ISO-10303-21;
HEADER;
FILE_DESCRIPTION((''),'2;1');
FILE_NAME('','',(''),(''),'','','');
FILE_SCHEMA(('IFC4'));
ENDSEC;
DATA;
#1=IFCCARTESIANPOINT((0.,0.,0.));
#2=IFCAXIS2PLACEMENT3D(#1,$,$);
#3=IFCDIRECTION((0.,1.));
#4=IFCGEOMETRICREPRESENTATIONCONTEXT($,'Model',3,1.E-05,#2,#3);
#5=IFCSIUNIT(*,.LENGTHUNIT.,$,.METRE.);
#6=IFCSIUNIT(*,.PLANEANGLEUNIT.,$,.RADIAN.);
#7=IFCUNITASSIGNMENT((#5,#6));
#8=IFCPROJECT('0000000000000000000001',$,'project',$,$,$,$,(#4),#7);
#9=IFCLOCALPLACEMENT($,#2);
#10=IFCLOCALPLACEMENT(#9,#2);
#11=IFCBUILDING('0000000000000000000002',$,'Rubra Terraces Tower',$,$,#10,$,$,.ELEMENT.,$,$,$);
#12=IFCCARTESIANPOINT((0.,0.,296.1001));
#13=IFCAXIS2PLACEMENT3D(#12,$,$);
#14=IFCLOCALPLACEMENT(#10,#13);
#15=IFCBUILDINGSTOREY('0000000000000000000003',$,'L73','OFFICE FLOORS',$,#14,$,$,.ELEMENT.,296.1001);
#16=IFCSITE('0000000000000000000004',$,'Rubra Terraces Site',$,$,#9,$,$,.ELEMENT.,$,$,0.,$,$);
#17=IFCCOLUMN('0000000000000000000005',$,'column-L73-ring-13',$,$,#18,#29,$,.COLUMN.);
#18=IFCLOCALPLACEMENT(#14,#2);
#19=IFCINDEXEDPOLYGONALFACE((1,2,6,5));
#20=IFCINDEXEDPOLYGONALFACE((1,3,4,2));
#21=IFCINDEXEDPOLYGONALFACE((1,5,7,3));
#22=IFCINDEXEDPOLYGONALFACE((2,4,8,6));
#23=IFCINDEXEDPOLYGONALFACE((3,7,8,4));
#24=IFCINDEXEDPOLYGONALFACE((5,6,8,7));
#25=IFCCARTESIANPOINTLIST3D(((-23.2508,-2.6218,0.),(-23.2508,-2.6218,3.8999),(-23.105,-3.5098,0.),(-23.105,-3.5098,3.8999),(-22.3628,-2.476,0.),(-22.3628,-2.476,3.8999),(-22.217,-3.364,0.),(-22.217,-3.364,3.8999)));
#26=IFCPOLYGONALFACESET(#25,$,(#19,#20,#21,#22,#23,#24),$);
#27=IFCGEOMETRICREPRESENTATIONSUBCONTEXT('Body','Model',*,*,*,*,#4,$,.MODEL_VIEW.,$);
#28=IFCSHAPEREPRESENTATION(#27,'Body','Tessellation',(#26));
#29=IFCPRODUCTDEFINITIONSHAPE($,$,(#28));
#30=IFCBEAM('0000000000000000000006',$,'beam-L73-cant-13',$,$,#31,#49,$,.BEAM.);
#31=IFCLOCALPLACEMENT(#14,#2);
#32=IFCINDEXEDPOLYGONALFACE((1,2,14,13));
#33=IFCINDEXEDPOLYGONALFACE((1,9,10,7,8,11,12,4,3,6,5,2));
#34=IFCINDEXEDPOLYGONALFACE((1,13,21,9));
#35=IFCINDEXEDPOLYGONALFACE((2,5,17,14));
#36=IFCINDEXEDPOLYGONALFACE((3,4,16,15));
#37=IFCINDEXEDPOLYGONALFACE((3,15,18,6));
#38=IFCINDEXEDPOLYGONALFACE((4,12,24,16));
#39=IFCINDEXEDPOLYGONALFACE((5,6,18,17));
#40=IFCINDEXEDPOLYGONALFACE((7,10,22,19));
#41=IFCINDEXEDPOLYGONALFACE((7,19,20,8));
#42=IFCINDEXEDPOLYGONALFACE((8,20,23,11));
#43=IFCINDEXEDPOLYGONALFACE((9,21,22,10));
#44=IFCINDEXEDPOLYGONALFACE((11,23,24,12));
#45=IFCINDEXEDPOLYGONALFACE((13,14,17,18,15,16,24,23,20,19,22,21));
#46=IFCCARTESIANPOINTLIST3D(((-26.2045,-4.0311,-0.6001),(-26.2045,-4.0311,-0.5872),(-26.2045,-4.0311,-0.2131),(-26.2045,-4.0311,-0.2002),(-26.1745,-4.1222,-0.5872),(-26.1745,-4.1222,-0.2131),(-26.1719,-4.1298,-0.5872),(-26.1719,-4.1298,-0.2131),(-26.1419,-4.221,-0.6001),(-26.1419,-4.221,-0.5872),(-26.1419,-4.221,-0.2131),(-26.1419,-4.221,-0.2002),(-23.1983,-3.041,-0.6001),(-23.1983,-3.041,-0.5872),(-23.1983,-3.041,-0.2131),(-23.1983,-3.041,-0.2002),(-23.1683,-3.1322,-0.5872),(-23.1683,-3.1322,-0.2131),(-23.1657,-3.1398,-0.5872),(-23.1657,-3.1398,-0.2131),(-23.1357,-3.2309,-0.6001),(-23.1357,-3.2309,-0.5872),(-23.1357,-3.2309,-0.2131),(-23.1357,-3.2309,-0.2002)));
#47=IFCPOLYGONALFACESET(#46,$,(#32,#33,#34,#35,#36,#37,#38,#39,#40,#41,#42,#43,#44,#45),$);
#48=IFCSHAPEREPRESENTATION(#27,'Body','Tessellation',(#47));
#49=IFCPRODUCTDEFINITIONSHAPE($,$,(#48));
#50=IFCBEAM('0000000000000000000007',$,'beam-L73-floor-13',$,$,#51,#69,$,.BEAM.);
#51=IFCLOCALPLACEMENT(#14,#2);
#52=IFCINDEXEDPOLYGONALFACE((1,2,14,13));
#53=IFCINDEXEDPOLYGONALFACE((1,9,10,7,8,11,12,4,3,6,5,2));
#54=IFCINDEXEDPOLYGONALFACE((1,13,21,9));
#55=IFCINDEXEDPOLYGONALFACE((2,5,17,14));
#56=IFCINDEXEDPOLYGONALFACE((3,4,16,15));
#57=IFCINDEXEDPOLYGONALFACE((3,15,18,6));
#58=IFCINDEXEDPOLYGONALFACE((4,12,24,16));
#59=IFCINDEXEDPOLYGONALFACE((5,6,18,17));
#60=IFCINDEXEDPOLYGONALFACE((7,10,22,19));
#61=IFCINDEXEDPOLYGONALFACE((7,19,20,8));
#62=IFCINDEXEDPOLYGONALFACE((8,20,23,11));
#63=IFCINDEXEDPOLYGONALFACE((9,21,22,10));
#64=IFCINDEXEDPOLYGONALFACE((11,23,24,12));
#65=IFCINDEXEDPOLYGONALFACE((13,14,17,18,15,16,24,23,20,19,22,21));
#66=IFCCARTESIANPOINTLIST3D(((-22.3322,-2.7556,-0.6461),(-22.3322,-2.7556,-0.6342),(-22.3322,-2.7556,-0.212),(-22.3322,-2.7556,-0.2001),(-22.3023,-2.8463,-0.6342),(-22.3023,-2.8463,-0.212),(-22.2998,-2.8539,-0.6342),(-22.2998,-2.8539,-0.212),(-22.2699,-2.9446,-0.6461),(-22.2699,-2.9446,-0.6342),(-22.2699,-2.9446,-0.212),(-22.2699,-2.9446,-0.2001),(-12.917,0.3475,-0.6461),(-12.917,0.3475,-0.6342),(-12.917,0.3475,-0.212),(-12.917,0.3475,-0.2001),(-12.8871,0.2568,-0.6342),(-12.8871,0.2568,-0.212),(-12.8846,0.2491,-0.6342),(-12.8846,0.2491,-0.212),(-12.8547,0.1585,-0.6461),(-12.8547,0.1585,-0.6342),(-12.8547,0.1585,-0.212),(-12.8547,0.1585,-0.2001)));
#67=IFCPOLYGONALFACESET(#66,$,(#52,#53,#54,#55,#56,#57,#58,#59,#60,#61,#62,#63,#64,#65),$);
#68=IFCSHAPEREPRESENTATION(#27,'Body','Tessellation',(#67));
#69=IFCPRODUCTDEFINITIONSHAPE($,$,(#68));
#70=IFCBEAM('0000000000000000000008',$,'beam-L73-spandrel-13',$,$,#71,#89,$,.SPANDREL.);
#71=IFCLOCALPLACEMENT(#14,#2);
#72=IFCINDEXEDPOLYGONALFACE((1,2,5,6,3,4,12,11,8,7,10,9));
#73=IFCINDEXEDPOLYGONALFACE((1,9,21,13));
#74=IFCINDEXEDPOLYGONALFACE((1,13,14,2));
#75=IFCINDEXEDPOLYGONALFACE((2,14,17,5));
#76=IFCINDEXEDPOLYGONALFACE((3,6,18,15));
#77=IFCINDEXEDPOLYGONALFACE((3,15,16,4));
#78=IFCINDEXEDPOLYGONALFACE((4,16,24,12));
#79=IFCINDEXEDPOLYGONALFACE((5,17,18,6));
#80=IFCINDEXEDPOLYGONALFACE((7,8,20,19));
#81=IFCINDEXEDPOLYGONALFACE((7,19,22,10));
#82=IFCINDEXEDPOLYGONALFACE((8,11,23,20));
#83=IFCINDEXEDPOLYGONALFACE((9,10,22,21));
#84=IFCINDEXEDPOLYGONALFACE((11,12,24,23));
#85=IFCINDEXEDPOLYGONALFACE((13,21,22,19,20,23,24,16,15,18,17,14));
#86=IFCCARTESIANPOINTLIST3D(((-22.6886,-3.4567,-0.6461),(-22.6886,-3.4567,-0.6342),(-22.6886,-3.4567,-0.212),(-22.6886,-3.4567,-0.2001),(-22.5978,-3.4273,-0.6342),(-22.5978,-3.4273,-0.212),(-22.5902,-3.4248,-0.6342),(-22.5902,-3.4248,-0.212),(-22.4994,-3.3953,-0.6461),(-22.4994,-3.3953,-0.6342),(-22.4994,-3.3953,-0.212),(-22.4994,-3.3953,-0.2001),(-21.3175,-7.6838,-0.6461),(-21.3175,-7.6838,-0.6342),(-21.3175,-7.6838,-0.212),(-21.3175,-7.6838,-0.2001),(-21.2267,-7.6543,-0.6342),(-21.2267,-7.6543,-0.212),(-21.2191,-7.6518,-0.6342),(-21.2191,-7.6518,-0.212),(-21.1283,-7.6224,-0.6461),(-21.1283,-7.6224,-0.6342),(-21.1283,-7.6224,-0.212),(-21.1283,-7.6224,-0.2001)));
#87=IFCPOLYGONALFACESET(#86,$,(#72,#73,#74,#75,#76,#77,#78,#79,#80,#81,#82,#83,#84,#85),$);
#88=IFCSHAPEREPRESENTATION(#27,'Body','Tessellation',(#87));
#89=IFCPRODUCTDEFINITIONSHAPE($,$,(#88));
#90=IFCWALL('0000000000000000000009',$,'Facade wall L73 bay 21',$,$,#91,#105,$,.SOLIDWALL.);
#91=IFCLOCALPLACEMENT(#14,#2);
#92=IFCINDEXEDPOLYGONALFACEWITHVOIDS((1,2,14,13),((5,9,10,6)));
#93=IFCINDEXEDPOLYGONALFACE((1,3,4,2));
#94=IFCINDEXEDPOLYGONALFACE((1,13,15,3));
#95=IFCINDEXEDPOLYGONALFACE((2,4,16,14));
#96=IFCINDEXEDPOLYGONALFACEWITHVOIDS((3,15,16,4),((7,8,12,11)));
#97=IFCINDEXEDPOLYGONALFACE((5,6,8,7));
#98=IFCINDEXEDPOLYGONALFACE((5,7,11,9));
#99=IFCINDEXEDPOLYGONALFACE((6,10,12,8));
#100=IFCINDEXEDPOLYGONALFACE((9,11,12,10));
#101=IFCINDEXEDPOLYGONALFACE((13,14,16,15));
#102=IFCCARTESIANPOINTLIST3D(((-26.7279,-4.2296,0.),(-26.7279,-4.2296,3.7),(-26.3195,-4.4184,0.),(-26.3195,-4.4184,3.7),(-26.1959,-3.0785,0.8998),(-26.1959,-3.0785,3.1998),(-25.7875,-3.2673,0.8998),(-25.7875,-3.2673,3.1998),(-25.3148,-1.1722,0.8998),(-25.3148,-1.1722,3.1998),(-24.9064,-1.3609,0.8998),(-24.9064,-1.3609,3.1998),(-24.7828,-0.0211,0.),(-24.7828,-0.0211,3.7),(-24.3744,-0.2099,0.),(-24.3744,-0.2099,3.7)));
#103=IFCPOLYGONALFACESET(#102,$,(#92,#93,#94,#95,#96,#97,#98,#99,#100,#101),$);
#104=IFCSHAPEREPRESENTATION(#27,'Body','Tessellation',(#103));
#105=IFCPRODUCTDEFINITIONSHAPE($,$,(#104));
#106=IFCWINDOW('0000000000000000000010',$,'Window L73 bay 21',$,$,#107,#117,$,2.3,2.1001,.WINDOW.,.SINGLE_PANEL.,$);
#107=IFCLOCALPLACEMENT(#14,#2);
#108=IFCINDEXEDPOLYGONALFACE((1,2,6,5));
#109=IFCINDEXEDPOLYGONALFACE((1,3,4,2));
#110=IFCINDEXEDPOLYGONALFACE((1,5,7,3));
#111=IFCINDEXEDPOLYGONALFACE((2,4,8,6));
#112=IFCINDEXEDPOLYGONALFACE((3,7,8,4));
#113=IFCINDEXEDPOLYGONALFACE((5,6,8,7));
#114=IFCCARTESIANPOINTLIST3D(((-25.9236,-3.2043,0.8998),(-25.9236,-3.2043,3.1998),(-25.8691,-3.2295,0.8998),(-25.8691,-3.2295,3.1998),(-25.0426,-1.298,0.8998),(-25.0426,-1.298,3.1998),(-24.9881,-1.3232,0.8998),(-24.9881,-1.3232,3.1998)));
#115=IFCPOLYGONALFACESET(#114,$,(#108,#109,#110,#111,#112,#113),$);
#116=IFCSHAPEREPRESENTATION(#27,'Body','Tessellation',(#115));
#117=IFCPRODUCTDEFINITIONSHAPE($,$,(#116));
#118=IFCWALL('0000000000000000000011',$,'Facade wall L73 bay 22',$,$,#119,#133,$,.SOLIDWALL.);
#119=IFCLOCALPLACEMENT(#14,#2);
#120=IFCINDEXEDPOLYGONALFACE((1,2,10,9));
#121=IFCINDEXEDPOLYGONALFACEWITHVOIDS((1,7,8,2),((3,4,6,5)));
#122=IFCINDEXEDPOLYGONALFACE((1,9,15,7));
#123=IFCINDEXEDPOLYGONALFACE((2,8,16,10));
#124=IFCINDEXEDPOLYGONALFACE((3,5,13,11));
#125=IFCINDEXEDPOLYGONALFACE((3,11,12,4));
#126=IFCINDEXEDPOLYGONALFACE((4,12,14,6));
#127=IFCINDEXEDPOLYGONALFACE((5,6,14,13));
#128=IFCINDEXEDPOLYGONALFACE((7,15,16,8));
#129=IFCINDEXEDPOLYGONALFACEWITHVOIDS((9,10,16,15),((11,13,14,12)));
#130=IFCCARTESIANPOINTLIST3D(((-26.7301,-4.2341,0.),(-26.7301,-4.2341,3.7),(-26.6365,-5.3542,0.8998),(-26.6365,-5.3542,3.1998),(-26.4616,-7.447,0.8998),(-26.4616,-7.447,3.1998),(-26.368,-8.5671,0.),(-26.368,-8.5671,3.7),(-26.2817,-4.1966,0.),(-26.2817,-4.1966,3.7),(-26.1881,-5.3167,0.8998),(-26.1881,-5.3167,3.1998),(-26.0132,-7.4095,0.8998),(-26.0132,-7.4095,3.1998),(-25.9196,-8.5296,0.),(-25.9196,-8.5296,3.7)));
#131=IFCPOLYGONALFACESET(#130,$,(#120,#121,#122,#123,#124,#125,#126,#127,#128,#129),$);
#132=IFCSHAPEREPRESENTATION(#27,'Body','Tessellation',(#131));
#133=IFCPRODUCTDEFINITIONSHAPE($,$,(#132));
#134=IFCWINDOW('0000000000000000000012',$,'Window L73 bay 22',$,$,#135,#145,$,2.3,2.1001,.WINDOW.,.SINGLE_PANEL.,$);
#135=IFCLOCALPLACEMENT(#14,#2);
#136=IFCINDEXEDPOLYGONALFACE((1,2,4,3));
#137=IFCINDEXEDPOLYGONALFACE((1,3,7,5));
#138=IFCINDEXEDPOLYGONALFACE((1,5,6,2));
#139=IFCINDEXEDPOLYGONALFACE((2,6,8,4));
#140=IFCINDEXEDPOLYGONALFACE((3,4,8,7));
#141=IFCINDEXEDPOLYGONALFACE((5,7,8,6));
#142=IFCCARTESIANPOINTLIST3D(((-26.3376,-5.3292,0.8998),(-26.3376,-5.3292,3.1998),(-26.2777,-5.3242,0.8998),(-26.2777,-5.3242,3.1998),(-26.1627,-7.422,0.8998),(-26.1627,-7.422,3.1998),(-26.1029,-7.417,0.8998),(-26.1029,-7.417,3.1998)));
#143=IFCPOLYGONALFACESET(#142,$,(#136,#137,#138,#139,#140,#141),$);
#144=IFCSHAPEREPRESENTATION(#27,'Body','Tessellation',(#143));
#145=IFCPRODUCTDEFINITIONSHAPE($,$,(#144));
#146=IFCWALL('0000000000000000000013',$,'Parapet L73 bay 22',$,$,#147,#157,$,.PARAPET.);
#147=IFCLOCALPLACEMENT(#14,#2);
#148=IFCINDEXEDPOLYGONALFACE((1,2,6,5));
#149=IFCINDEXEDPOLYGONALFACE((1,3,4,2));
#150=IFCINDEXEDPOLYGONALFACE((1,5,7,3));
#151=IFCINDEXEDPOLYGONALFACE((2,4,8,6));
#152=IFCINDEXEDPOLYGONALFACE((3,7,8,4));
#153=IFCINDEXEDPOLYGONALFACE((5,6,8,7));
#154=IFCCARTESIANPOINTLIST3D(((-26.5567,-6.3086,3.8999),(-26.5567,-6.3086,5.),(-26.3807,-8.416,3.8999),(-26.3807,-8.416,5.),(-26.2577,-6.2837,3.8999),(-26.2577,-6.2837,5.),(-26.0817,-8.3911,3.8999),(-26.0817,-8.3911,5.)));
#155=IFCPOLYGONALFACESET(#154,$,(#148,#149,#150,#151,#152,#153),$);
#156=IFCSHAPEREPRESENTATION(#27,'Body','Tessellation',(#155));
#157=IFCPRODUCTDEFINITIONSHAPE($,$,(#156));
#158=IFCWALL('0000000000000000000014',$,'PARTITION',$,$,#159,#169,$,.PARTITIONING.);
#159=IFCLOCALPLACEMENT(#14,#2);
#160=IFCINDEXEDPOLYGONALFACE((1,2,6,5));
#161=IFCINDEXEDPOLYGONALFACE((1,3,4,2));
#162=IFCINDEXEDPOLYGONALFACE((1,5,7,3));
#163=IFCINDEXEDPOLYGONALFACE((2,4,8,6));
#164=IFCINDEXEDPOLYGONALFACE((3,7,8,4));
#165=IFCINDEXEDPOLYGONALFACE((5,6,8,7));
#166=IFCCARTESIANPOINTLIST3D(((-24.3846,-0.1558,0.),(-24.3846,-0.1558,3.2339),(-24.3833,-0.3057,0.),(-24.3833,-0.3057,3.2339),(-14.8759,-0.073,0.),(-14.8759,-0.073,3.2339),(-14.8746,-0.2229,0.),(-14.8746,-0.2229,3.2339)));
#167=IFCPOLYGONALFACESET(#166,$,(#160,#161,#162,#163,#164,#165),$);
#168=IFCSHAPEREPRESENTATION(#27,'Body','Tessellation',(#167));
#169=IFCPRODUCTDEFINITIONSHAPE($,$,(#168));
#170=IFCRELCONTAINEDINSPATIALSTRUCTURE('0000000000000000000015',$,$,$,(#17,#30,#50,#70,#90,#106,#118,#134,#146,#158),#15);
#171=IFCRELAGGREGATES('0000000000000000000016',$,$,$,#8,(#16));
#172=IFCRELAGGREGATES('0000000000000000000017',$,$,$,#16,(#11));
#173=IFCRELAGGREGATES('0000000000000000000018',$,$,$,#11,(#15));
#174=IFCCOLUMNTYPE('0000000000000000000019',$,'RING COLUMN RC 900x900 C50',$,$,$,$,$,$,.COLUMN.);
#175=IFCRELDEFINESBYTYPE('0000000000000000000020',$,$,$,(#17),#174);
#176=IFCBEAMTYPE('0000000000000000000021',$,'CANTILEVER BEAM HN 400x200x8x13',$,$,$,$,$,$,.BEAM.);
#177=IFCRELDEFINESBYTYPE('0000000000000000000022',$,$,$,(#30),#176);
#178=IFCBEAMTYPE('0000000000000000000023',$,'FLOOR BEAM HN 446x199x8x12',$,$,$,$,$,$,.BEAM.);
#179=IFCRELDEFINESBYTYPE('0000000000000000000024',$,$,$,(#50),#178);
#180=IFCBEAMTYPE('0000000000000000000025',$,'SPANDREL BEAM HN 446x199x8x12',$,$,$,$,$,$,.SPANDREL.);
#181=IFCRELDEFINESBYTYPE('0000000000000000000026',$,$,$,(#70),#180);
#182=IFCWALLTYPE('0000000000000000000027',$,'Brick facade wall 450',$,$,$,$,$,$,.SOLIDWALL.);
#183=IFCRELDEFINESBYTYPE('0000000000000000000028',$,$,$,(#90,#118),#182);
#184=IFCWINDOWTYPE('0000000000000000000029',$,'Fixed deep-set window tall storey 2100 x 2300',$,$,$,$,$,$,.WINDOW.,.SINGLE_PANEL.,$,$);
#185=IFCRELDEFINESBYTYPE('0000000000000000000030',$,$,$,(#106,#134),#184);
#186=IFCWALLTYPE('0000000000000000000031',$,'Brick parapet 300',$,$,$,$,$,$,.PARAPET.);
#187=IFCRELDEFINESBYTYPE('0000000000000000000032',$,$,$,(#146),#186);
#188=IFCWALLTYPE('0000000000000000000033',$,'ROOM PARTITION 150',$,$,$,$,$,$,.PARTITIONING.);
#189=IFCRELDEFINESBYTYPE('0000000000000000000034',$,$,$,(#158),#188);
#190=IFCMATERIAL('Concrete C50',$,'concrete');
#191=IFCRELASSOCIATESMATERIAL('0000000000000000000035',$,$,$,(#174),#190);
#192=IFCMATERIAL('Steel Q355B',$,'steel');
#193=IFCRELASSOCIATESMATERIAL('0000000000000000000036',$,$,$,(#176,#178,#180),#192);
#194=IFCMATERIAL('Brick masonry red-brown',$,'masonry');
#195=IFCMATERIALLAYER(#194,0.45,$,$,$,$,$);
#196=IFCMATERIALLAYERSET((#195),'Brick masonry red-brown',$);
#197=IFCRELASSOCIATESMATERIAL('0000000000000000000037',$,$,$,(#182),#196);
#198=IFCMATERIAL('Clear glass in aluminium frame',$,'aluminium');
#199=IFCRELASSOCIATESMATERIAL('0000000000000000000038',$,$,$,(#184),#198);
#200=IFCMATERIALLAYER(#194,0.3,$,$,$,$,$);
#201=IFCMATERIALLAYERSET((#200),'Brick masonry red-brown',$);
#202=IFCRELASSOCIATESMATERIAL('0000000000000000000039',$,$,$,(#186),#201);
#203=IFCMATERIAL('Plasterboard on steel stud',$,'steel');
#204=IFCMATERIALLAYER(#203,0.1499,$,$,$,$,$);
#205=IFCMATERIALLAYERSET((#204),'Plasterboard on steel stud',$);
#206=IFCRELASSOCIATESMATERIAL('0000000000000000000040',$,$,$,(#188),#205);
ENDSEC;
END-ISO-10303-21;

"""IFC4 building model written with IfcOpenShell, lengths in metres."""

from ifc_helpers import new_model, si_unit, direction, frame, frame_2d, origin, origin_2d, place, context, subcontext, project, spatial, rectangle, i_section, extrude, material, layer, layer_set, material_profile, profile_set, type_object, element, fill, save


model = new_model("IFC4")

# Units and contexts
model_context = context("Model", 3, precision=1e-05, world=origin(), true_north=direction((0.0, 1.0)))
body_context = subcontext(model_context, "Body", "Model", "MODEL_VIEW")
ifc_project = project(units=[si_unit("LENGTHUNIT", "METRE"), si_unit("PLANEANGLEUNIT", "RADIAN")], contexts=[model_context])

# Site, building, storey
site_placement = place(None, origin())
site = spatial("IfcSite", under=ifc_project, at=site_placement, Name="Rubra Terraces Site", CompositionType="ELEMENT", RefElevation=0.0)
building_placement = place(site_placement, origin())
building = spatial("IfcBuilding", under=site, at=building_placement, Name="Rubra Terraces Tower", CompositionType="ELEMENT")
storey_placement = place(building_placement, frame((0.0, 0.0, 296.1001)))
storey = spatial("IfcBuildingStorey", under=building, at=storey_placement, Name="L73", Description="OFFICE FLOORS", CompositionType="ELEMENT", Elevation=296.1001)

# Column
ifc_material_1 = material(Name="Concrete C50", Category="concrete")
ifc_material_profile_1 = material_profile(ifc_material_1, rectangle(XDim=0.8999, YDim=0.8999, at=origin_2d()), Name="RC 900x900")
ifc_profile_set_1 = profile_set([ifc_material_profile_1], Name="Concrete C50")
column_type = type_object("IfcColumnType", Name="RING COLUMN RC 900x900 C50", PredefinedType="COLUMN", material=ifc_profile_set_1)
column_placement = place(storey_placement, frame((-22.7339, -2.9929, 0.0), z_axis=(0.0, 0.0, 1.0), x_axis=(0.162062, -0.986781, 0.0)))
element("IfcColumn", 1, at=column_placement, inside=storey, type_object=column_type, Name="column-L73-ring-13", PredefinedType="COLUMN", context=body_context, shape_type="SweptSolid", body=[
    extrude(rectangle(XDim=0.8999, YDim=0.8999, at=origin_2d()), origin(), (0.0, 0.0, 1.0), 3.8999),
])

# Beams
ifc_material_2 = material(Name="Steel Q355B", Category="steel")
ifc_material_profile_2 = material_profile(ifc_material_2, i_section(OverallWidth=0.2, OverallDepth=0.3999, WebThickness=0.0081, FlangeThickness=0.0129, at=origin_2d()), Name="HN 400x200x8x13")
ifc_profile_set_2 = profile_set([ifc_material_profile_2], Name="Steel Q355B")
beam_type_1 = type_object("IfcBeamType", Name="CANTILEVER BEAM HN 400x200x8x13", PredefinedType="BEAM", material=ifc_profile_set_2)
beam_1_placement = place(storey_placement, frame((-23.167, -3.136, -0.4001), z_axis=(-0.949819, -0.312801, 0.0), x_axis=(0.312801, -0.949819, 0.0)))
element("IfcBeam", 2, at=beam_1_placement, inside=storey, type_object=beam_type_1, Name="beam-L73-cant-13", PredefinedType="BEAM", context=body_context, shape_type="SweptSolid", body=[
    extrude(i_section(OverallWidth=0.2, OverallDepth=0.3999, WebThickness=0.0081, FlangeThickness=0.0129, at=origin_2d()), origin(), (0.0, 0.0, 1.0), 3.165),
])
ifc_material_profile_3 = material_profile(ifc_material_2, i_section(OverallWidth=0.199, OverallDepth=0.446, WebThickness=0.0081, FlangeThickness=0.012, at=origin_2d()), Name="HN 446x199x8x12")
ifc_profile_set_3 = profile_set([ifc_material_profile_3], Name="Steel Q355B")
beam_type_2 = type_object("IfcBeamType", Name="FLOOR BEAM HN 446x199x8x12", PredefinedType="BEAM", material=ifc_profile_set_3)
beam_2_placement = place(storey_placement, frame((-22.301, -2.8501, -0.4231), z_axis=(0.949747, 0.313019, 0.0), x_axis=(-0.313019, 0.949747, 0.0)))
element("IfcBeam", 3, at=beam_2_placement, inside=storey, type_object=beam_type_2, Name="beam-L73-floor-13", PredefinedType="BEAM", context=body_context, shape_type="SweptSolid", body=[
    extrude(i_section(OverallWidth=0.199, OverallDepth=0.446, WebThickness=0.0081, FlangeThickness=0.012, at=origin_2d()), origin(), (0.0, 0.0, 1.0), 9.9133),
])
ifc_material_profile_4 = material_profile(ifc_material_2, i_section(OverallWidth=0.199, OverallDepth=0.446, WebThickness=0.0081, FlangeThickness=0.012, at=origin_2d()), Name="HN 446x199x8x12")
ifc_profile_set_4 = profile_set([ifc_material_profile_4], Name="Steel Q355B")
beam_type_3 = type_object("IfcBeamType", Name="SPANDREL BEAM HN 446x199x8x12", PredefinedType="SPANDREL", material=ifc_profile_set_4)
beam_3_placement = place(storey_placement, frame((-22.594, -3.426, -0.4231), z_axis=(0.308537, -0.951212, 0.0), x_axis=(0.951212, 0.308537, 0.0)))
element("IfcBeam", 4, at=beam_3_placement, inside=storey, type_object=beam_type_3, Name="beam-L73-spandrel-13", PredefinedType="SPANDREL", context=body_context, shape_type="SweptSolid", body=[
    extrude(i_section(OverallWidth=0.199, OverallDepth=0.446, WebThickness=0.0081, FlangeThickness=0.012, at=origin_2d()), origin(), (0.0, 0.0, 1.0), 4.4438),
])

# Walls, openings, windows
ifc_material_3 = material(Name="Brick masonry red-brown", Category="masonry")
ifc_layer_1 = layer(ifc_material_3, 0.45)
ifc_layer_set_1 = layer_set([ifc_layer_1], Name="Brick masonry red-brown")
wall_type_1 = type_object("IfcWallType", Name="Brick facade wall 450", PredefinedType="SOLIDWALL", material=ifc_layer_set_1)
wall_1_placement = place(storey_placement, frame((-24.5786, -0.1155, 0.0), z_axis=(0.0, 0.0, 1.0), x_axis=(-0.419536, -0.907739, 0.0)))
wall_1 = element("IfcWall", 5, at=wall_1_placement, inside=storey, type_object=wall_type_1, Name="Facade wall L73 bay 21", PredefinedType="SOLIDWALL", context=body_context, shape_type="SweptSolid", body=[
    extrude(rectangle(XDim=4.6362, YDim=0.45, at=frame_2d((2.3181, 0.0))), origin(), (0.0, 0.0, 1.0), 3.7),
])
opening_1_placement = place(wall_1_placement, frame((1.2681, 0.0, 0.8999)))
opening_1 = element("IfcOpeningElement", 6, at=opening_1_placement, cuts=wall_1, PredefinedType="OPENING", context=body_context, shape_type="SweptSolid", body=[
    extrude(rectangle(XDim=2.1001, YDim=2.3, at=frame_2d((1.05, 1.1499))), frame((0.0, 0.2349, 0.0), z_axis=(0.0, -1.0, 0.0), x_axis=(1.0, 0.0, 0.0)), (0.0, 0.0, 1.0), 0.47),
])
ifc_material_4 = material(Name="Clear glass in aluminium frame", Category="aluminium")
window_type = type_object("IfcWindowType", Name="Fixed deep-set window tall storey 2100 x 2300", PartitioningType="SINGLE_PANEL", PredefinedType="WINDOW", material=ifc_material_4)
window_1_placement = place(opening_1_placement, origin())
window_1 = element("IfcWindow", 7, at=window_1_placement, inside=storey, type_object=window_type, Name="Window L73 bay 21", OverallHeight=2.3, OverallWidth=2.1001, PartitioningType="SINGLE_PANEL", PredefinedType="WINDOW", context=body_context, shape_type="SweptSolid", body=[
    extrude(rectangle(XDim=2.1001, YDim=2.3, at=frame_2d((1.05, 1.1499))), frame((0.0, 0.135, 0.0), z_axis=(0.0, -1.0, 0.0), x_axis=(1.0, 0.0, 0.0)), (0.0, 0.0, 1.0), 0.0601),
])
fill(opening_1, window_1)
wall_2_placement = place(storey_placement, frame((-26.5059, -4.2153, 0.0), z_axis=(0.0, 0.0, 1.0), x_axis=(0.083269, -0.996527, 0.0)))
wall_2 = element("IfcWall", 8, at=wall_2_placement, inside=storey, type_object=wall_type_1, Name="Facade wall L73 bay 22", PredefinedType="SOLIDWALL", context=body_context, shape_type="SweptSolid", body=[
    extrude(rectangle(XDim=4.3481, YDim=0.45, at=frame_2d((2.1741, 0.0))), origin(), (0.0, 0.0, 1.0), 3.7),
])
opening_2_placement = place(wall_2_placement, frame((1.124, 0.0, 0.8999)))
opening_2 = element("IfcOpeningElement", 9, at=opening_2_placement, cuts=wall_2, PredefinedType="OPENING", context=body_context, shape_type="SweptSolid", body=[
    extrude(rectangle(XDim=2.1001, YDim=2.3, at=frame_2d((1.05, 1.1499))), frame((0.0, 0.2349, 0.0), z_axis=(0.0, -1.0, 0.0), x_axis=(1.0, 0.0, 0.0)), (0.0, 0.0, 1.0), 0.47),
])
window_2_placement = place(opening_2_placement, origin())
window_2 = element("IfcWindow", 10, at=window_2_placement, inside=storey, type_object=window_type, Name="Window L73 bay 22", OverallHeight=2.3, OverallWidth=2.1001, PartitioningType="SINGLE_PANEL", PredefinedType="WINDOW", context=body_context, shape_type="SweptSolid", body=[
    extrude(rectangle(XDim=2.1001, YDim=2.3, at=frame_2d((1.05, 1.1499))), frame((0.0, 0.135, 0.0), z_axis=(0.0, -1.0, 0.0), x_axis=(1.0, 0.0, 0.0)), (0.0, 0.0, 1.0), 0.0601),
])
fill(opening_2, window_2)

# Walls
ifc_layer_2 = layer(ifc_material_3, 0.3)
ifc_layer_set_2 = layer_set([ifc_layer_2], Name="Brick masonry red-brown")
wall_type_2 = type_object("IfcWallType", Name="Brick parapet 300", PredefinedType="PARAPET", material=ifc_layer_set_2)
wall_3_placement = place(storey_placement, frame((-26.4072, -6.2961, 3.8999), z_axis=(0.0, 0.0, 1.0), x_axis=(0.083237, -0.99653, 0.0)))
element("IfcWall", 11, at=wall_3_placement, inside=storey, type_object=wall_type_2, Name="Parapet L73 bay 22", PredefinedType="PARAPET", context=body_context, shape_type="SweptSolid", body=[
    extrude(rectangle(XDim=2.1147, YDim=0.3, at=frame_2d((1.0574, 0.0))), origin(), (0.0, 0.0, 1.0), 1.1001),
])
ifc_material_5 = material(Name="Plasterboard on steel stud", Category="steel")
ifc_layer_3 = layer(ifc_material_5, 0.1499)
ifc_layer_set_3 = layer_set([ifc_layer_3], Name="Plasterboard on steel stud")
wall_type_3 = type_object("IfcWallType", Name="ROOM PARTITION 150", PredefinedType="PARTITIONING", material=ifc_layer_set_3)
wall_4_placement = place(storey_placement, frame((-24.3838, -0.2307, 0.0), z_axis=(0.0, 0.0, 1.0), x_axis=(0.999962, 0.008704, 0.0)))
element("IfcWall", 12, at=wall_4_placement, inside=storey, type_object=wall_type_3, Name="PARTITION", PredefinedType="PARTITIONING", context=body_context, shape_type="SweptSolid", body=[
    extrude(rectangle(XDim=9.509, YDim=0.1499, at=frame_2d((4.7544, 0.0))), origin(), (0.0, 0.0, 1.0), 3.2339),
])

save(model, "model.ifc")
